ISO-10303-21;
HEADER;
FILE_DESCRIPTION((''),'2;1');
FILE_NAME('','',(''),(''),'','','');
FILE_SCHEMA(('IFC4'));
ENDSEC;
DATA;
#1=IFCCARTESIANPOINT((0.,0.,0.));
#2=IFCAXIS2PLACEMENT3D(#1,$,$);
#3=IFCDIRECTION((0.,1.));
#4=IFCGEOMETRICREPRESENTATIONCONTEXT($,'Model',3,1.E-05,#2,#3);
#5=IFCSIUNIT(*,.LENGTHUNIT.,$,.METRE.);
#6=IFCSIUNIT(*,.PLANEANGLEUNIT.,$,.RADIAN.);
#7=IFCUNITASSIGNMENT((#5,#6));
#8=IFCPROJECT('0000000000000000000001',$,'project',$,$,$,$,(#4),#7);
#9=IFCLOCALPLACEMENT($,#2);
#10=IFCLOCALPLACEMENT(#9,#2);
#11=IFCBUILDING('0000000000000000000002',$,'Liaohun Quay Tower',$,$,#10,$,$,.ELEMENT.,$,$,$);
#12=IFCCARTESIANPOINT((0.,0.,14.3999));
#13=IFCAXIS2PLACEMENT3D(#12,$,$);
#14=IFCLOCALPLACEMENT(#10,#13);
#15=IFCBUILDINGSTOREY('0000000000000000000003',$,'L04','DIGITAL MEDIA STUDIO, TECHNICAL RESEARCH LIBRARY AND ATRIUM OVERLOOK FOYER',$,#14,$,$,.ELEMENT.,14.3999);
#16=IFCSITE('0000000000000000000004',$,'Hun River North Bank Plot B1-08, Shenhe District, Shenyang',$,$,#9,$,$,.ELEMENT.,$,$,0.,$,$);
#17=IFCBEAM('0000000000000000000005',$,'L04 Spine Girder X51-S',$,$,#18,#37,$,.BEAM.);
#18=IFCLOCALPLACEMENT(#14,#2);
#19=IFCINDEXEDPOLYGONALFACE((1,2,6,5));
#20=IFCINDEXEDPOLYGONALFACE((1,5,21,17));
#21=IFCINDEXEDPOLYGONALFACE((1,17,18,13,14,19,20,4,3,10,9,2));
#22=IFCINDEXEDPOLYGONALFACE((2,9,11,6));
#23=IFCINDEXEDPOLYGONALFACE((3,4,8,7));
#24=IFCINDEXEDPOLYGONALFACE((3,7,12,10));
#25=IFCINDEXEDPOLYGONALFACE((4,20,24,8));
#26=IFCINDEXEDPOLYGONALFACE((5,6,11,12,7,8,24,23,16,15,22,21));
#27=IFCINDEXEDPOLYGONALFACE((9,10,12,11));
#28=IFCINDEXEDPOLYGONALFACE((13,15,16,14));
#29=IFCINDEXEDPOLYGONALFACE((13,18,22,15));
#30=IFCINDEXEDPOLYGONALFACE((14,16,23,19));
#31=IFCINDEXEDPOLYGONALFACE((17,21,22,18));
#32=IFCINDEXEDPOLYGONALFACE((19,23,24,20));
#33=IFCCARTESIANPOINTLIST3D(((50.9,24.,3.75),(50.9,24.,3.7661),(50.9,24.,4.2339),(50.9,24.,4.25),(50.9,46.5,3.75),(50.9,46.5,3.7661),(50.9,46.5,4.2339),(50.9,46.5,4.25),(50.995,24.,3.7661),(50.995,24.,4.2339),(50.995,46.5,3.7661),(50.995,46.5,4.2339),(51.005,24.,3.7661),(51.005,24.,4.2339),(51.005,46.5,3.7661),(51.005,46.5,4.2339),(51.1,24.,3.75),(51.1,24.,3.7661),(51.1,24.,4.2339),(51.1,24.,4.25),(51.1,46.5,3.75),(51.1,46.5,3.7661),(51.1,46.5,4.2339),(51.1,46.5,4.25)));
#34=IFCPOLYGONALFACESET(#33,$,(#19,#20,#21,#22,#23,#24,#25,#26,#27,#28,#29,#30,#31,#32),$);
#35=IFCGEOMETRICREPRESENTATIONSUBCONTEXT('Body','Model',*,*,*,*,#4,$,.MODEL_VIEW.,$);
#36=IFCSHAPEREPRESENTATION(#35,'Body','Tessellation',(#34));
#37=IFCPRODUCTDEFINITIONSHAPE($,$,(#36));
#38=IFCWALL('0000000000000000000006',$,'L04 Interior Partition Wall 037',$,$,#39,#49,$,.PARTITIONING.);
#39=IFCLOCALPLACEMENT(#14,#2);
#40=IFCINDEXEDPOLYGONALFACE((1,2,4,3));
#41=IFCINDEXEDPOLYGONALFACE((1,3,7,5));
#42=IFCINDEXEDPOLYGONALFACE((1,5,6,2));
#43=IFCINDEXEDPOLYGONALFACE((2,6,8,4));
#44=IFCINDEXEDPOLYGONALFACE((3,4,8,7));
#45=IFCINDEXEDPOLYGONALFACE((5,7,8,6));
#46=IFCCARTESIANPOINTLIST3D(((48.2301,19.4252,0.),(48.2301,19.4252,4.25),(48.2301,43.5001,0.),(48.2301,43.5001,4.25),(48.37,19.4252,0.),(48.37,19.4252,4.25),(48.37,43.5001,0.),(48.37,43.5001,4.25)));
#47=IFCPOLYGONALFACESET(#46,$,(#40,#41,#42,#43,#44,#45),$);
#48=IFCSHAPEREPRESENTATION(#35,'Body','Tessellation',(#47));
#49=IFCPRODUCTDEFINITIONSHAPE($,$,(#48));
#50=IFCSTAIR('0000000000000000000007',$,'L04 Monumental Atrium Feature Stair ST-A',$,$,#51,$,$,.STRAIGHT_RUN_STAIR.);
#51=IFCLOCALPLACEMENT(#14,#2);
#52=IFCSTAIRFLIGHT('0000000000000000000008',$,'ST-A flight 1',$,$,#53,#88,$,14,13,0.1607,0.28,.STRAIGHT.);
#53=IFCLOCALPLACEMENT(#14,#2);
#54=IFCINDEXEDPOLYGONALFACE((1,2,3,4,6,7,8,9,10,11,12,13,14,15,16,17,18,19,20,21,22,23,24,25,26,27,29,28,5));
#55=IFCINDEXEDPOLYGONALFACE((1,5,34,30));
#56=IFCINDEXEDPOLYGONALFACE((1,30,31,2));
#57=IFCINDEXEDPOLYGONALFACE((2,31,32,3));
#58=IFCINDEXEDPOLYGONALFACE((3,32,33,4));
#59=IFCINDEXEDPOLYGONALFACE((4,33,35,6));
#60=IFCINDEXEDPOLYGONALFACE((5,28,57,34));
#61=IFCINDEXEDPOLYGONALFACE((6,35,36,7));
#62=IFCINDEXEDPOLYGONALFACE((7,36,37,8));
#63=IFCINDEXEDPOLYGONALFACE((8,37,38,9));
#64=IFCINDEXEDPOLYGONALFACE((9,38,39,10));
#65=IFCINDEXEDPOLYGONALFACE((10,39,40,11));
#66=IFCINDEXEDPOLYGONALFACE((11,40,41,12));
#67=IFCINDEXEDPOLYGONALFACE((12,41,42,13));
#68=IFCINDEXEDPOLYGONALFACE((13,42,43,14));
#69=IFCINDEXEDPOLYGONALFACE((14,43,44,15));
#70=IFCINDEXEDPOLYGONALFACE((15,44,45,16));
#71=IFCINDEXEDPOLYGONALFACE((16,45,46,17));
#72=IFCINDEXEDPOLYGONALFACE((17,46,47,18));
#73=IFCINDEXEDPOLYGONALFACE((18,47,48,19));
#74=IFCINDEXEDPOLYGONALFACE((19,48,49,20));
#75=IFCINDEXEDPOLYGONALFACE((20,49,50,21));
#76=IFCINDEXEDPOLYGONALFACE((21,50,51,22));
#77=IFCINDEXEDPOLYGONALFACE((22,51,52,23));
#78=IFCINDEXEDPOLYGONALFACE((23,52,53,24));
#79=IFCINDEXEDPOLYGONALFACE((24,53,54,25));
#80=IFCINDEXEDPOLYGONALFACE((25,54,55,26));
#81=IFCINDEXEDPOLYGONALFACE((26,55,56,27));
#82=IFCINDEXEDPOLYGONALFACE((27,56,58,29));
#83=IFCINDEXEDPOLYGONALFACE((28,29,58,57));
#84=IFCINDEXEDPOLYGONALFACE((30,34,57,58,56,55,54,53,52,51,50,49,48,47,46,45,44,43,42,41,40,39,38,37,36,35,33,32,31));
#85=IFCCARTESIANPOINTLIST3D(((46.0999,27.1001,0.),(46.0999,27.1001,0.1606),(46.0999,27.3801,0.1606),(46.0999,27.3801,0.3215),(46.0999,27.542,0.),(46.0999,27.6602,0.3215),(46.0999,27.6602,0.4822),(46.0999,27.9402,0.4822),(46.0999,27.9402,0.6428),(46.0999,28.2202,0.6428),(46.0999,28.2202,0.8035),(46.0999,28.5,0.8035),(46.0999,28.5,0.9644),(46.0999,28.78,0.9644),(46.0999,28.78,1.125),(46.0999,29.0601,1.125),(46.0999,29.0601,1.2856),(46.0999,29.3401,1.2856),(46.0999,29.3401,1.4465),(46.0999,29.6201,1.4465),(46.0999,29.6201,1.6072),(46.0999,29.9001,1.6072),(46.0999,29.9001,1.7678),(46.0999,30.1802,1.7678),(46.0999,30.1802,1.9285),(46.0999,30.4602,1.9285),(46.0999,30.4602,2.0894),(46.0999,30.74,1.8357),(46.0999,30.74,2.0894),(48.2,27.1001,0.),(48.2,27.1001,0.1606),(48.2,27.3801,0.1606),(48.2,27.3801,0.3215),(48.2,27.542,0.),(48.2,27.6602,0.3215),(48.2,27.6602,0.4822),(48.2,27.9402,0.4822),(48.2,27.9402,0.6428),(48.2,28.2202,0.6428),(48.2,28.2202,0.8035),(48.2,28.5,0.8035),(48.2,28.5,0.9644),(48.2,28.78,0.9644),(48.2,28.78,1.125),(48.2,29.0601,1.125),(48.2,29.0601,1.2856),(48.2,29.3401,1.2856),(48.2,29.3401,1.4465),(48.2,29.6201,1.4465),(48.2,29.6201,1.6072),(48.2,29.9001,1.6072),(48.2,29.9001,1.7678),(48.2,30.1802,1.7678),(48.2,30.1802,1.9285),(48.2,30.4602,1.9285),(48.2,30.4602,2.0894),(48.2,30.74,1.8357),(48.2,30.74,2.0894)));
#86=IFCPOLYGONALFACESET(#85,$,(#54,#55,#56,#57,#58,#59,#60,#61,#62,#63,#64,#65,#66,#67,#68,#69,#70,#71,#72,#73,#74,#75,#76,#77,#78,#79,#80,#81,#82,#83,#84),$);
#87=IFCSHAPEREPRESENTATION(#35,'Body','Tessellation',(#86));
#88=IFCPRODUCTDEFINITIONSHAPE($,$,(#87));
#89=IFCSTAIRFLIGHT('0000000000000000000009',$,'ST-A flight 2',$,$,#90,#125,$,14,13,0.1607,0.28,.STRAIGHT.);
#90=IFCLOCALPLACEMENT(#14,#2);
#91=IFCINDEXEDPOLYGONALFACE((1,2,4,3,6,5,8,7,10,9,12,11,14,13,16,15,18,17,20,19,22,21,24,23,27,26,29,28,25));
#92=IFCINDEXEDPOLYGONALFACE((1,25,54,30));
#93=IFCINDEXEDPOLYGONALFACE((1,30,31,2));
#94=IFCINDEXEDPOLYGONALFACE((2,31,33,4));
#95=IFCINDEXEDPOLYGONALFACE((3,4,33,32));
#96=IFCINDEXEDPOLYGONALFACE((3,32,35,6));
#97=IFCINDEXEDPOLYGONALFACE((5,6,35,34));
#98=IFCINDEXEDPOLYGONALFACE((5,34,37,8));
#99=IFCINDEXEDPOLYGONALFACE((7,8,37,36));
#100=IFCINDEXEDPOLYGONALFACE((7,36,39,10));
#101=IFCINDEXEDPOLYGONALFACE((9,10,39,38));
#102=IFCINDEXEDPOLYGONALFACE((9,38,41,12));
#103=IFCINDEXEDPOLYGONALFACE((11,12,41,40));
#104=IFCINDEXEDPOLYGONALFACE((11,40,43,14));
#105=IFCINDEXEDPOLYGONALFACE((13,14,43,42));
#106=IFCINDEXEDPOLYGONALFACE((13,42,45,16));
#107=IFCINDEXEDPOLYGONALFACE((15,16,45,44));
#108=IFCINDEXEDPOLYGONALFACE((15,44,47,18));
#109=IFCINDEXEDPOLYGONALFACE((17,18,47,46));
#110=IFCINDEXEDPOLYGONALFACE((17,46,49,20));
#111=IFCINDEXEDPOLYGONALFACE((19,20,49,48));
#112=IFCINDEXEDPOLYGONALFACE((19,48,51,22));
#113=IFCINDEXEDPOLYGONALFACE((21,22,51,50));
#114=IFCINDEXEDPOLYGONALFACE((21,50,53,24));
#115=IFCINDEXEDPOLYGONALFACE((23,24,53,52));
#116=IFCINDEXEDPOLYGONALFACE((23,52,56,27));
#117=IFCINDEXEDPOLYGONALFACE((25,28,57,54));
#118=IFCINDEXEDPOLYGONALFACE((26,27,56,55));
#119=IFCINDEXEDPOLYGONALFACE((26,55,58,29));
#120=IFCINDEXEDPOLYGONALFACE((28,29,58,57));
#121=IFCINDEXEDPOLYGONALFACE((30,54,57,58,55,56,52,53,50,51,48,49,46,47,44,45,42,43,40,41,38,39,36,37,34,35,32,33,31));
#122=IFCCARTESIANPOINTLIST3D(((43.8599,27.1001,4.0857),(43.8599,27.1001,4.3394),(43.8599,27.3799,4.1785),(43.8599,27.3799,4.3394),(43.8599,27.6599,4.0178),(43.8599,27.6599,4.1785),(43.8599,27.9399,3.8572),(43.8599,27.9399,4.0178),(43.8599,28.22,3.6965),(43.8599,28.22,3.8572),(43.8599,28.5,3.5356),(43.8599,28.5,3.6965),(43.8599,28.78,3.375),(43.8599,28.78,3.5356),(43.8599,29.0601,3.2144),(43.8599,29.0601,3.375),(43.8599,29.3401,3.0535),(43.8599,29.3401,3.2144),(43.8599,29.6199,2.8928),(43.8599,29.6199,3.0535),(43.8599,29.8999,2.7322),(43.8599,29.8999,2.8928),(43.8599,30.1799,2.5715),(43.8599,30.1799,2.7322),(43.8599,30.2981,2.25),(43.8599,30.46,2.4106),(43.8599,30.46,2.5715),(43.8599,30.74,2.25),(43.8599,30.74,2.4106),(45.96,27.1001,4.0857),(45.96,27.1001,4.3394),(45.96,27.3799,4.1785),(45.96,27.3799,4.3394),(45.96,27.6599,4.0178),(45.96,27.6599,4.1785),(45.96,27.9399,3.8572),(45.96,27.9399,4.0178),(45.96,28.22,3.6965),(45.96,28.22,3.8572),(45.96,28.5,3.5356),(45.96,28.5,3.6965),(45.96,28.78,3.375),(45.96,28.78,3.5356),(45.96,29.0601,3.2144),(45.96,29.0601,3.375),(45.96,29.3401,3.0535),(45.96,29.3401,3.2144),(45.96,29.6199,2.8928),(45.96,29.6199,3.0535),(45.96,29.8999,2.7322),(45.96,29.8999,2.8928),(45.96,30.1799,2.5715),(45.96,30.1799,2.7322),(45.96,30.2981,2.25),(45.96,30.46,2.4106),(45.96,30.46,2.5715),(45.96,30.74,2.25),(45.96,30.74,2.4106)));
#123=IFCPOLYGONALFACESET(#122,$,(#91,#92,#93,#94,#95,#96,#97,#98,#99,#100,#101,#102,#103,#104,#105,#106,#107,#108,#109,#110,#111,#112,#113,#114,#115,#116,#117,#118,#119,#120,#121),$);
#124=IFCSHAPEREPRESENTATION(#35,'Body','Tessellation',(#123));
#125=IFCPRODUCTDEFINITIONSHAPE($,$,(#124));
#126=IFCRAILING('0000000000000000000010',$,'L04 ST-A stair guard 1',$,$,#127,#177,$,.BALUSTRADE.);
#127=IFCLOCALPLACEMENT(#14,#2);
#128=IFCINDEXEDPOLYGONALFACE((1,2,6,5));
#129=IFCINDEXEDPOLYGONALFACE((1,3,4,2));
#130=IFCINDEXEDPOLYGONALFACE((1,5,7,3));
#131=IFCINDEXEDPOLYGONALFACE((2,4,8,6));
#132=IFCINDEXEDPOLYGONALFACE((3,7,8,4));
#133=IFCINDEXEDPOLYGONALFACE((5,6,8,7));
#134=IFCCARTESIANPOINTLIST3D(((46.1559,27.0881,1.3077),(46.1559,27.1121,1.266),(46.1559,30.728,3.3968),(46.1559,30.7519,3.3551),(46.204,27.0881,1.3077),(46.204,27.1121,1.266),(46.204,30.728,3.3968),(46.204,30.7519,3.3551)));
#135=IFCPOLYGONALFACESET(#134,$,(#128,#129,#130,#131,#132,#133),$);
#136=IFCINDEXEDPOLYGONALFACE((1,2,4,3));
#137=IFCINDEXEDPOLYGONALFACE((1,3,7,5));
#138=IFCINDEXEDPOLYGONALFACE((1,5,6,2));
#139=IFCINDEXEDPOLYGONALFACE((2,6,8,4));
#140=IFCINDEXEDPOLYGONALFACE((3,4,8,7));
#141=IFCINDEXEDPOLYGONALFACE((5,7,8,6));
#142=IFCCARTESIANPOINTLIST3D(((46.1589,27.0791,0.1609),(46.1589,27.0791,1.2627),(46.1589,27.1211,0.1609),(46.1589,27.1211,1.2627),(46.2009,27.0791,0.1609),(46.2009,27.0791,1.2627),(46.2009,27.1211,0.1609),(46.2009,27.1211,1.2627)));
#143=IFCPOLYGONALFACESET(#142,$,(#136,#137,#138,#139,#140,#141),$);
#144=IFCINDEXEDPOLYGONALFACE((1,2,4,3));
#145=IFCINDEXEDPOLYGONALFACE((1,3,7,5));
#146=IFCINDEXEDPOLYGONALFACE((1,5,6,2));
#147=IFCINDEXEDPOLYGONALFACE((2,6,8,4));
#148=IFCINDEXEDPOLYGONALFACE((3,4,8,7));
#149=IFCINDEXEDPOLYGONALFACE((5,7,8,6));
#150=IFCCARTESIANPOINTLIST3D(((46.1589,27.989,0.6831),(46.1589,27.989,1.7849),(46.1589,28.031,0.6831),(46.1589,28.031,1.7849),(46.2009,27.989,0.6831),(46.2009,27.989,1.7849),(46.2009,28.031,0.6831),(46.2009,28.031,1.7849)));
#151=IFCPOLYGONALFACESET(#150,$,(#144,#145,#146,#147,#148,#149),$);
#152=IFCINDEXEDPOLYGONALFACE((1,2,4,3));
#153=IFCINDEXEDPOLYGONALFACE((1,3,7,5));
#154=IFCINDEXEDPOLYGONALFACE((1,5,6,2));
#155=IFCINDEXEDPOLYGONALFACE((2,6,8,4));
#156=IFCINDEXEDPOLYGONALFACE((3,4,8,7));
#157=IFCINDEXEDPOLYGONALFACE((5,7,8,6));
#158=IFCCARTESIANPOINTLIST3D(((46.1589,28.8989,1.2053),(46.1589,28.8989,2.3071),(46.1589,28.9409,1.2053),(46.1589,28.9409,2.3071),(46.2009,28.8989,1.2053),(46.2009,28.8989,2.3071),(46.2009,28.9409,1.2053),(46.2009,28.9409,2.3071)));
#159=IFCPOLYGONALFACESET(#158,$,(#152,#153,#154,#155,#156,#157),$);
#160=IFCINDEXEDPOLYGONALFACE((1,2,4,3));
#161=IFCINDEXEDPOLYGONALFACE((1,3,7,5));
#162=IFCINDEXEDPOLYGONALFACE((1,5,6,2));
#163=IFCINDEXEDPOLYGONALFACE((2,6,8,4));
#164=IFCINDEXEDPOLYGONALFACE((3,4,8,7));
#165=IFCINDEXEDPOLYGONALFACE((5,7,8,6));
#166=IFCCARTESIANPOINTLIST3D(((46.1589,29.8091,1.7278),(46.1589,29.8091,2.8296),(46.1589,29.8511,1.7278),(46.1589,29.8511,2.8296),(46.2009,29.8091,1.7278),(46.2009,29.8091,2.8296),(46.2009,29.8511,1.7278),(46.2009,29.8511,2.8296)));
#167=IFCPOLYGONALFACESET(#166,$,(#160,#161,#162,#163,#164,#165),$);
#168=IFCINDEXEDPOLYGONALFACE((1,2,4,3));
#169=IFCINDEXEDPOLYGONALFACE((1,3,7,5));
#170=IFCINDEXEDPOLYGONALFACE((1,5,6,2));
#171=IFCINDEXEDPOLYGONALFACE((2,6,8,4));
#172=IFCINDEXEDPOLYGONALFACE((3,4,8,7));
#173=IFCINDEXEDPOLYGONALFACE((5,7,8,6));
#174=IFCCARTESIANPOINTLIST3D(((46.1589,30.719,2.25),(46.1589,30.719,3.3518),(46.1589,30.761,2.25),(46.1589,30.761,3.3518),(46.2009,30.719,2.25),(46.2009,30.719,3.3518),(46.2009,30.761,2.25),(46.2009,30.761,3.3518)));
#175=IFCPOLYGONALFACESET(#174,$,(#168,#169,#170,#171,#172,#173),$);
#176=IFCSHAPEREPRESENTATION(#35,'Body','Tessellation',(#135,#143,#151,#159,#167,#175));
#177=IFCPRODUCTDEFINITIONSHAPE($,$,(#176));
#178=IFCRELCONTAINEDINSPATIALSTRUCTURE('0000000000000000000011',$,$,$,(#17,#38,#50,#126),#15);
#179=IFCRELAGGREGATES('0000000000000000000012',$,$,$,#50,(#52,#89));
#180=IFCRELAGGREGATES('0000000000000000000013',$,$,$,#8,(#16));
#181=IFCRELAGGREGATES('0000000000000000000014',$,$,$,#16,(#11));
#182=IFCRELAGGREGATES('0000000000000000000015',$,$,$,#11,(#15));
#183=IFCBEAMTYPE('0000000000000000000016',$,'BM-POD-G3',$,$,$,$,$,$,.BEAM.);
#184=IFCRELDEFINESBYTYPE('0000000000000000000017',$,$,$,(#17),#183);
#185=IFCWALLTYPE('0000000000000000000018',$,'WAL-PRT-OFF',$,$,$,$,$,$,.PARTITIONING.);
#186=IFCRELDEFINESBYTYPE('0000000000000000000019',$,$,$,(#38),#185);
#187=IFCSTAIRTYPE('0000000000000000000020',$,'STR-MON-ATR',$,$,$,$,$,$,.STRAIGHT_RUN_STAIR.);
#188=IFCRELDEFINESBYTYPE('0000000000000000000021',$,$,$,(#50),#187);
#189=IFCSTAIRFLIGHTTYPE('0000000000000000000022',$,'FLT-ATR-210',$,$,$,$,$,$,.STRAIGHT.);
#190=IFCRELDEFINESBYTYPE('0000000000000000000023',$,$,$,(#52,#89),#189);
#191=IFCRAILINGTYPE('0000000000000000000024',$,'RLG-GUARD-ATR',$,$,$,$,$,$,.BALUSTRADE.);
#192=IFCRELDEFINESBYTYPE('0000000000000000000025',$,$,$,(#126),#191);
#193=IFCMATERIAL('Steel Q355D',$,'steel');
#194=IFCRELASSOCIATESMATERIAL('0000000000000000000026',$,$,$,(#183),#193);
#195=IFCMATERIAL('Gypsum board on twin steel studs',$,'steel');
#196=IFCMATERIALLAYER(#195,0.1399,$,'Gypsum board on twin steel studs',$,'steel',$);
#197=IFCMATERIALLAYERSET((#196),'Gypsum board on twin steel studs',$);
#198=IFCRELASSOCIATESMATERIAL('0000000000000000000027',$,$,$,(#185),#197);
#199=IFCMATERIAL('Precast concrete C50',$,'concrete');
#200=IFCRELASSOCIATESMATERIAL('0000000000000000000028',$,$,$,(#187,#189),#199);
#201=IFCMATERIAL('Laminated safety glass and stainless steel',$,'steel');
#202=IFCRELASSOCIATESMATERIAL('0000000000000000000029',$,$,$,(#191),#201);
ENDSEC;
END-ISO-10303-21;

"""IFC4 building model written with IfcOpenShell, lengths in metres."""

from ifc_helpers import new_model, si_unit, direction, frame, frame_2d, origin, origin_2d, place, context, subcontext, project, spatial, polyline, rectangle, i_section, outline, extrude, source, transform, mapped, material, layer, layer_set, material_profile, profile_set, type_object, element, aggregate, save


model = new_model("IFC4")

# Units and contexts
model_context = context("Model", 3, precision=1e-05, world=origin(), true_north=direction((0.0, 1.0)))
body_context = subcontext(model_context, "Body", "Model", "MODEL_VIEW")
ifc_project = project(units=[si_unit("LENGTHUNIT", "METRE"), si_unit("PLANEANGLEUNIT", "RADIAN")], contexts=[model_context])

# Site, building, storey
site_placement = place(None, origin())
site = spatial("IfcSite", under=ifc_project, at=site_placement, Name="Hun River North Bank Plot B1-08, Shenhe District, Shenyang", CompositionType="ELEMENT", RefElevation=0.0)
building_placement = place(site_placement, origin())
building = spatial("IfcBuilding", under=site, at=building_placement, Name="Liaohun Quay Tower", CompositionType="ELEMENT")
storey_placement = place(building_placement, frame((0.0, 0.0, 14.3999)))
storey = spatial("IfcBuildingStorey", under=building, at=storey_placement, Name="L04", Description="DIGITAL MEDIA STUDIO, TECHNICAL RESEARCH LIBRARY AND ATRIUM OVERLOOK FOYER", CompositionType="ELEMENT", Elevation=14.3999)

# Shared definitions
ifc_material_1 = material(Name="Steel Q355D", Category="steel")
ifc_material_profile_1 = material_profile(ifc_material_1, i_section(OverallWidth=0.2, OverallDepth=0.5, WebThickness=0.01, FlangeThickness=0.0161, at=origin_2d()), Name="HN500x200x10x16")
ifc_profile_set_1 = profile_set([ifc_material_profile_1], Name="Steel Q355D")
beam_type_1 = type_object("IfcBeamType", Name="BM-POD-G3", PredefinedType="BEAM", material=ifc_profile_set_1)

# Beam
shared_shape_1 = source(origin(), body_context, "Body", "SweptSolid", [
    extrude(i_section(OverallWidth=0.2, OverallDepth=0.5, WebThickness=0.01, FlangeThickness=0.0161, at=origin_2d()), origin(), (0.0, 0.0, 1.0), 22.5),
])
beam_1_placement = place(storey_placement, frame((51.0, 24.0, 4.0), z_axis=(0.0, 1.0, 0.0), x_axis=(-1.0, 0.0, 0.0)))
element("IfcBeam", 1, at=beam_1_placement, inside=storey, type_object=beam_type_1, Name="L04 Spine Girder X51-S", PredefinedType="BEAM", context=body_context, shape_type="MappedRepresentation", body=[
    mapped(shared_shape_1, transform((0.0, 0.0, 0.0), x_axis=(1.0, 0.0, 0.0), y_axis=(0.0, 1.0, 0.0), z_axis=(0.0, 0.0, 1.0), scale=1.0)),
])

# Wall
ifc_material_2 = material(Name="Gypsum board on twin steel studs", Category="steel")
ifc_layer = layer(ifc_material_2, 0.1399, Name="Gypsum board on twin steel studs", Category="steel")
ifc_layer_set = layer_set([ifc_layer], Name="Gypsum board on twin steel studs")
wall_type = type_object("IfcWallType", Name="WAL-PRT-OFF", PredefinedType="PARTITIONING", material=ifc_layer_set)
wall_placement = place(storey_placement, frame((48.3, 19.425, 0.0), z_axis=(0.0, 0.0, 1.0), x_axis=(0.0, 1.0, 0.0)))
element("IfcWall", 2, at=wall_placement, inside=storey, type_object=wall_type, Name="L04 Interior Partition Wall 037", PredefinedType="PARTITIONING", context=body_context, shape_type="SweptSolid", body=[
    extrude(rectangle(XDim=24.075, YDim=0.1399, at=frame_2d((12.0376, 0.0))), origin(), (0.0, 0.0, 1.0), 4.25),
])

# Stair, stair flights
ifc_material_3 = material(Name="Precast concrete C50", Category="concrete")
stair_type = type_object("IfcStairType", Name="STR-MON-ATR", PredefinedType="STRAIGHT_RUN_STAIR", material=ifc_material_3)
stair_placement = place(storey_placement, origin())
stair = element("IfcStair", 3, at=stair_placement, inside=storey, type_object=stair_type, Name="L04 Monumental Atrium Feature Stair ST-A", PredefinedType="STRAIGHT_RUN_STAIR")
stair_flight_type = type_object("IfcStairFlightType", Name="FLT-ATR-210", PredefinedType="STRAIGHT", material=ifc_material_3)
stair_flight_1_placement = place(storey_placement, frame((47.1499, 27.1001, 0.0), z_axis=(0.0, 0.0, 1.0), x_axis=(0.0, 1.0, 0.0)))
stair_flight_1 = element("IfcStairFlight", 4, at=stair_flight_1_placement, type_object=stair_flight_type, Name="ST-A flight 1", NumberOfRisers=14, NumberOfTreads=13, PredefinedType="STRAIGHT", RiserHeight=0.1607, TreadLength=0.28, context=body_context, shape_type="SweptSolid", body=[
    extrude(outline(polyline([(0.0, 0.0), (0.0, 0.1606), (0.28, 0.1606), (0.28, 0.3215), (0.5601, 0.3215), (0.5601, 0.4822), (0.8401, 0.4822), (0.8401, 0.6428), (1.1201, 0.6428), (1.1201, 0.8035), (1.3999, 0.8035), (1.3999, 0.9644), (1.6799, 0.9644), (1.6799, 1.125), (1.96, 1.125), (1.96, 1.2856), (2.24, 1.2856), (2.24, 1.4465), (2.52, 1.4465), (2.52, 1.6072), (2.8, 1.6072), (2.8, 1.7678), (3.0801, 1.7678), (3.0801, 1.9285), (3.3601, 1.9285), (3.3601, 2.0894), (3.6399, 2.0894), (3.6399, 2.25), (3.6399, 1.8357), (0.4419, 0.0), (0.0, 0.0)])), frame((0.0, 1.05, 0.0), z_axis=(0.0, -1.0, 0.0), x_axis=(1.0, 0.0, 0.0)), (0.0, 0.0, 1.0), 2.1001),
])
stair_flight_2_placement = place(storey_placement, frame((44.9099, 30.74, 2.25), z_axis=(0.0, 0.0, 1.0), x_axis=(0.0, -1.0, 0.0)))
stair_flight_2 = element("IfcStairFlight", 5, at=stair_flight_2_placement, type_object=stair_flight_type, Name="ST-A flight 2", NumberOfRisers=14, NumberOfTreads=13, PredefinedType="STRAIGHT", RiserHeight=0.1607, TreadLength=0.28, context=body_context, shape_type="SweptSolid", body=[
    extrude(outline(polyline([(0.0, 0.0), (0.0, 0.1606), (0.28, 0.1606), (0.28, 0.3215), (0.5601, 0.3215), (0.5601, 0.4822), (0.8401, 0.4822), (0.8401, 0.6428), (1.1201, 0.6428), (1.1201, 0.8035), (1.3999, 0.8035), (1.3999, 0.9644), (1.6799, 0.9644), (1.6799, 1.125), (1.96, 1.125), (1.96, 1.2856), (2.24, 1.2856), (2.24, 1.4465), (2.52, 1.4465), (2.52, 1.6072), (2.8, 1.6072), (2.8, 1.7678), (3.0801, 1.7678), (3.0801, 1.9285), (3.3601, 1.9285), (3.3601, 2.0894), (3.6399, 2.0894), (3.6399, 2.25), (3.6399, 1.8357), (0.4419, 0.0), (0.0, 0.0)])), frame((0.0, 1.05, 0.0), z_axis=(0.0, -1.0, 0.0), x_axis=(1.0, 0.0, 0.0)), (0.0, 0.0, 1.0), 2.1001),
])
aggregate(stair, [stair_flight_1, stair_flight_2])

# Railing
ifc_material_4 = material(Name="Laminated safety glass and stainless steel", Category="steel")
railing_type_1 = type_object("IfcRailingType", Name="RLG-GUARD-ATR", PredefinedType="BALUSTRADE", material=ifc_material_4)
railing_1_placement = place(storey_placement, frame((46.1799, 27.1001, 0.1609)))
element("IfcRailing", 6, at=railing_1_placement, inside=storey, type_object=railing_type_1, Name="L04 ST-A stair guard 1", PredefinedType="BALUSTRADE", context=body_context, shape_type="SweptSolid", body=[
    extrude(rectangle(XDim=0.0481, YDim=0.0481, at=origin_2d()), frame((0.0, 0.0, 1.126), z_axis=(0.0, 0.8673, 0.497786), x_axis=(-1.0, 0.0, 0.0)), (0.0, 0.0, 1.0), 4.1968),
    extrude(rectangle(XDim=0.042, YDim=0.042, at=origin_2d()), origin(), (0.0, 0.0, 1.0), 1.1018),
    extrude(rectangle(XDim=0.042, YDim=0.042, at=origin_2d()), frame((0.0, 0.9099, 0.5222)), (0.0, 0.0, 1.0), 1.1018),
    extrude(rectangle(XDim=0.042, YDim=0.042, at=origin_2d()), frame((0.0, 1.8198, 1.0444)), (0.0, 0.0, 1.0), 1.1018),
    extrude(rectangle(XDim=0.042, YDim=0.042, at=origin_2d()), frame((0.0, 2.73, 1.5669)), (0.0, 0.0, 1.0), 1.1018),
    extrude(rectangle(XDim=0.042, YDim=0.042, at=origin_2d()), frame((0.0, 3.6399, 2.0891)), (0.0, 0.0, 1.0), 1.1018),
])

save(model, "model.ifc")
